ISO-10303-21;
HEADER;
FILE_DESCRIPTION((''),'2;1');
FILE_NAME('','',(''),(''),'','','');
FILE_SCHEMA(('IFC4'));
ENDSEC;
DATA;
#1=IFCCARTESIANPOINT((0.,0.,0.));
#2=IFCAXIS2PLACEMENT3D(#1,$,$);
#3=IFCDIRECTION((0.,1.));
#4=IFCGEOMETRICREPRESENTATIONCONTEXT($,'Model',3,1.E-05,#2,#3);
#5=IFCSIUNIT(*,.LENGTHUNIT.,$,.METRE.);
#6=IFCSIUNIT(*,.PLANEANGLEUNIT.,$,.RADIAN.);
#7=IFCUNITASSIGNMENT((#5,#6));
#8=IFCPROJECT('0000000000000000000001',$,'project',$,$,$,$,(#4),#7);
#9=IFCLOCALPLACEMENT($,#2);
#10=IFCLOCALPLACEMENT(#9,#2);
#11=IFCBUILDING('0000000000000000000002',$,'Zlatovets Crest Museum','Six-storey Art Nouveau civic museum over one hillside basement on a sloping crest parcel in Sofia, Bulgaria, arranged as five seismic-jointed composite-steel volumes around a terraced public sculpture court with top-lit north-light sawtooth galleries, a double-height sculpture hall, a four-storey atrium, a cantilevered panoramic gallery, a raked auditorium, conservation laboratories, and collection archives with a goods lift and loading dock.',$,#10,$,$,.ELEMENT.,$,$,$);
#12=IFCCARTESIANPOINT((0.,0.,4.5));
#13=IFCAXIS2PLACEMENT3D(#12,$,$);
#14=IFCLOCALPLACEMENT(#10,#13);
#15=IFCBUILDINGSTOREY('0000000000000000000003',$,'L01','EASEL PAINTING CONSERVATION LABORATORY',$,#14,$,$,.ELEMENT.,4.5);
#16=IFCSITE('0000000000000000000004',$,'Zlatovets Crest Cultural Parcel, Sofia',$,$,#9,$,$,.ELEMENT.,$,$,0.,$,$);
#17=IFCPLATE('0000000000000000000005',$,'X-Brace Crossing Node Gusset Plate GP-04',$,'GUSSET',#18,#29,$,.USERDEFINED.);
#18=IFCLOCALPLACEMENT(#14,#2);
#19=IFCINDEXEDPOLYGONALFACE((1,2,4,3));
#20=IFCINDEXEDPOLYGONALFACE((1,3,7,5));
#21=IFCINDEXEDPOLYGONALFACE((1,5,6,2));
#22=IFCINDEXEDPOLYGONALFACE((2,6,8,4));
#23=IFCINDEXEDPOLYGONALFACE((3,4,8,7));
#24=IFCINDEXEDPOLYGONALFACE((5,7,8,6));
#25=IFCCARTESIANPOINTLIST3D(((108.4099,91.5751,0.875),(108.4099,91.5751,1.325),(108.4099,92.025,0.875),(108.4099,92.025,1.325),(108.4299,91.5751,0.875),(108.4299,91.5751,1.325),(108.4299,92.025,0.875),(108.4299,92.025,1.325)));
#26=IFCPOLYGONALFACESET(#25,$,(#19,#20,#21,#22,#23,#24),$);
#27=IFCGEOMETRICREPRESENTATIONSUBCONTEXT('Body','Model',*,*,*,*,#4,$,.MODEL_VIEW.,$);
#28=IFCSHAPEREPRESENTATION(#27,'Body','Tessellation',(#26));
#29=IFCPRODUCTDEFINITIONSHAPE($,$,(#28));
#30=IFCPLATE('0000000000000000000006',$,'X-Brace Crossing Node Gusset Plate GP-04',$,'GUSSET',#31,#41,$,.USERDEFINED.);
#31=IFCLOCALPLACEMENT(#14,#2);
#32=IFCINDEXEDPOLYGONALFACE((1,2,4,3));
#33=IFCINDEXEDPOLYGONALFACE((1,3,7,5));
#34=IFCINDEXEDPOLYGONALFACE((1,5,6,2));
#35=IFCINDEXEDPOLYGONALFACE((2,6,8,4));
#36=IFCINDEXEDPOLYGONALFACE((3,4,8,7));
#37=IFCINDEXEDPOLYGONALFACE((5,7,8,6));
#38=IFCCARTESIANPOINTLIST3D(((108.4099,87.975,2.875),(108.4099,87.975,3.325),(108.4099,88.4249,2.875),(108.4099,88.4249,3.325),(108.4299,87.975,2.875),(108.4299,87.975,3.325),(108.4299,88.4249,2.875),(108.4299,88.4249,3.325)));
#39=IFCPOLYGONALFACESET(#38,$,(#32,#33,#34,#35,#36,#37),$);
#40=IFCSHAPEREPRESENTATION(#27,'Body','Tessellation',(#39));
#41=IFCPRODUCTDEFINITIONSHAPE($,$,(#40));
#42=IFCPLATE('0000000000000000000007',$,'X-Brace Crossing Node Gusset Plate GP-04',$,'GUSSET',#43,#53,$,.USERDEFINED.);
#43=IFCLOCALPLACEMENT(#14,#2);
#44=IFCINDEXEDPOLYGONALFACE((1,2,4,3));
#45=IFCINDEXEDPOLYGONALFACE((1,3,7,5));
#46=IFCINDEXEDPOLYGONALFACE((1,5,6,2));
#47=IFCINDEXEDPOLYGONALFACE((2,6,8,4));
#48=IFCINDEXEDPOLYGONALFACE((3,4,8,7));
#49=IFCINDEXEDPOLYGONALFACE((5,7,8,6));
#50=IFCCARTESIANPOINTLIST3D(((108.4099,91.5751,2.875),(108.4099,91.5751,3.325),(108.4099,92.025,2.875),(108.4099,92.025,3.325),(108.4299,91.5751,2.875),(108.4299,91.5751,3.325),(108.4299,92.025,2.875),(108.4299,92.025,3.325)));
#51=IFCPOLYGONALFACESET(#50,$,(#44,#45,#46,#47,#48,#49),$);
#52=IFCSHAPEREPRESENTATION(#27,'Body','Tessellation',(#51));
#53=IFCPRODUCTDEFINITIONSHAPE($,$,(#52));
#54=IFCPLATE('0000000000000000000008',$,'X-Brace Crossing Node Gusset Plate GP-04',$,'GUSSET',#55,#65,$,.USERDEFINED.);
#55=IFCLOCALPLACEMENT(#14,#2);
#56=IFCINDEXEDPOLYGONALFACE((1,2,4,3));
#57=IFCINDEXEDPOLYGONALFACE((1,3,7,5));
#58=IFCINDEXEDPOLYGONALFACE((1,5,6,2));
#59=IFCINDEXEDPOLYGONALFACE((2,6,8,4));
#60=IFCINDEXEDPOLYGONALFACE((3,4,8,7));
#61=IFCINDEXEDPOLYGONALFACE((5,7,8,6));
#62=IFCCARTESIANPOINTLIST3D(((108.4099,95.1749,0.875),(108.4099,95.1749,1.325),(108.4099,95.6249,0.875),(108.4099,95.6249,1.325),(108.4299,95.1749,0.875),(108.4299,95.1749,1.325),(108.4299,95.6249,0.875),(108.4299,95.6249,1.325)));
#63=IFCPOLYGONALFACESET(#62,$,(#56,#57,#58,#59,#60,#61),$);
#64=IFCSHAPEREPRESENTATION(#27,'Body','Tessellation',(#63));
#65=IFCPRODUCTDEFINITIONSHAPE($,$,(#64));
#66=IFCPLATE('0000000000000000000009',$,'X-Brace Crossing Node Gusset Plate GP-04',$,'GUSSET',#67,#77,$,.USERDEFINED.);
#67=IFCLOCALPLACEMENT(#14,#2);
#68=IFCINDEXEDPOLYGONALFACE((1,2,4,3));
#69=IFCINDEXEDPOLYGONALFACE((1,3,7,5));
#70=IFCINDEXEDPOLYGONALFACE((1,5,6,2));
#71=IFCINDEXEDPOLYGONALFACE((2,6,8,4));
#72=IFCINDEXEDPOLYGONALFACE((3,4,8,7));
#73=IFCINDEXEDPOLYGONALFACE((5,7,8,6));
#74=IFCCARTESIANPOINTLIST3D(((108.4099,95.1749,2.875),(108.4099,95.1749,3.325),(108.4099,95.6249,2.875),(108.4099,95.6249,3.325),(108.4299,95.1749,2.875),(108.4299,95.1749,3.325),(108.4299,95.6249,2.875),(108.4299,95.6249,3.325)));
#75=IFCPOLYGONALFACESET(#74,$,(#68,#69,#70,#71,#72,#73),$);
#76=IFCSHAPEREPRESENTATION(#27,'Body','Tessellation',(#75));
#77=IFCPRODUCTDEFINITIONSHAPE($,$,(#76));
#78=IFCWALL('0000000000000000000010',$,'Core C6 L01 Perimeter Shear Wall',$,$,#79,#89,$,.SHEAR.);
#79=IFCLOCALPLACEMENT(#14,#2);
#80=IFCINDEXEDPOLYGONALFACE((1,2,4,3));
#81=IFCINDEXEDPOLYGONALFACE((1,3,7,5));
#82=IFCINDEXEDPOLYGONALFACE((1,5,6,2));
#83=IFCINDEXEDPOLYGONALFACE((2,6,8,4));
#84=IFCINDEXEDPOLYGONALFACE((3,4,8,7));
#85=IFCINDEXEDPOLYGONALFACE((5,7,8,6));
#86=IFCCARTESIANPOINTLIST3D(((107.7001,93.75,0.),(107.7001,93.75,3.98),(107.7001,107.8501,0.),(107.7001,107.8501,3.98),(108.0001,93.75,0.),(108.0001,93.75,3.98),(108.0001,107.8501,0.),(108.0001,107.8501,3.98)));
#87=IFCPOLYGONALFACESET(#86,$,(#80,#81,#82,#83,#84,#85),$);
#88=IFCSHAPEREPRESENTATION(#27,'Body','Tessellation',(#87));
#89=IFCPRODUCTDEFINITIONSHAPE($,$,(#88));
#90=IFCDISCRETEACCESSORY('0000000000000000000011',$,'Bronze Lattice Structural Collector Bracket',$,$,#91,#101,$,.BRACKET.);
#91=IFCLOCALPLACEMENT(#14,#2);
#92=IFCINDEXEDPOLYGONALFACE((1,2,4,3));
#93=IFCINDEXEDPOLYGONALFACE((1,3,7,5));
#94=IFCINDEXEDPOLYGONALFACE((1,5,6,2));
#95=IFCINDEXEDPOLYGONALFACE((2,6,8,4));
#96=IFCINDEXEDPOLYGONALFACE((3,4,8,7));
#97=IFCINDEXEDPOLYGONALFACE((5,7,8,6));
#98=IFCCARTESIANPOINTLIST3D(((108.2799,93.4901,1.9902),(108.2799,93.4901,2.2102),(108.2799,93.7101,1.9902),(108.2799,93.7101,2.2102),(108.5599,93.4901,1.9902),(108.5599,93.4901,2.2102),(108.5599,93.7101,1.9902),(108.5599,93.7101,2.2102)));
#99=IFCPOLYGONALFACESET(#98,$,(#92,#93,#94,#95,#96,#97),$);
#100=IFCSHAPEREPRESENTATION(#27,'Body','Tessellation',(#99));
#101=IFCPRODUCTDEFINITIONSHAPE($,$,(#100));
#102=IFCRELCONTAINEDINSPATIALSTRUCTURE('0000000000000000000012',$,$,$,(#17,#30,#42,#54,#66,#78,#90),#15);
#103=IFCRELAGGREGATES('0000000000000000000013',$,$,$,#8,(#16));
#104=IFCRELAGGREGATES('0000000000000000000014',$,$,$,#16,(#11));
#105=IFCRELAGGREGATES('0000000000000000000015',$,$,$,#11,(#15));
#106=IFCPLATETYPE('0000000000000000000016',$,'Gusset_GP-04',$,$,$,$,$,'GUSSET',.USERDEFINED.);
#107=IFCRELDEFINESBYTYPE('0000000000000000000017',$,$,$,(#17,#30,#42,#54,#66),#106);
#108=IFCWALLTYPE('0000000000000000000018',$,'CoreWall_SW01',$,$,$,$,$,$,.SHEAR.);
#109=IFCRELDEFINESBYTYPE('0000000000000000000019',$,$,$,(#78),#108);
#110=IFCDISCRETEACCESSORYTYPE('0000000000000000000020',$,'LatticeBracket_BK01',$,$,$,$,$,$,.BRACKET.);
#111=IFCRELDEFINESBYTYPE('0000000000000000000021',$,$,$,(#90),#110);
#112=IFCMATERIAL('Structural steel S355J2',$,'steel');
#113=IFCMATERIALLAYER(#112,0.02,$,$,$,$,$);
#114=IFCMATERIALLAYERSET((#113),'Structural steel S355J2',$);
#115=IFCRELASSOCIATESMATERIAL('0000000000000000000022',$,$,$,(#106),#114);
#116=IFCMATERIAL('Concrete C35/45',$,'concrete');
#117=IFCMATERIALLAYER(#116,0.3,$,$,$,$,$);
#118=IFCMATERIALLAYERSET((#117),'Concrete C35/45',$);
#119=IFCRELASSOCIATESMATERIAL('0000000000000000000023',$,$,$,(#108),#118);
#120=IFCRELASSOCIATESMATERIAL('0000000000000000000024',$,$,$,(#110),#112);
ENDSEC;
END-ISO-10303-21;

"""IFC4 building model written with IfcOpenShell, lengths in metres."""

from ifc_helpers import new_model, si_unit, direction, frame, frame_2d, origin, origin_2d, place, context, subcontext, project, spatial, rectangle, extrude, material, layer, layer_set, type_object, element, save


model = new_model("IFC4")

# Units and contexts
model_context = context("Model", 3, precision=1e-05, world=origin(), true_north=direction((0.0, 1.0)))
body_context = subcontext(model_context, "Body", "Model", "MODEL_VIEW")
ifc_project = project(units=[si_unit("LENGTHUNIT", "METRE"), si_unit("PLANEANGLEUNIT", "RADIAN")], contexts=[model_context])

# Site, building, storey
site_placement = place(None, origin())
site = spatial("IfcSite", under=ifc_project, at=site_placement, Name="Zlatovets Crest Cultural Parcel, Sofia", CompositionType="ELEMENT", RefElevation=0.0)
building_placement = place(site_placement, origin())
building = spatial("IfcBuilding", under=site, at=building_placement, Name="Zlatovets Crest Museum", Description="Six-storey Art Nouveau civic museum over one hillside basement on a sloping crest parcel in Sofia, Bulgaria, arranged as five seismic-jointed composite-steel volumes around a terraced public sculpture court with top-lit north-light sawtooth galleries, a double-height sculpture hall, a four-storey atrium, a cantilevered panoramic gallery, a raked auditorium, conservation laboratories, and collection archives with a goods lift and loading dock.", CompositionType="ELEMENT")
storey_placement = place(building_placement, frame((0.0, 0.0, 4.5)))
storey = spatial("IfcBuildingStorey", under=building, at=storey_placement, Name="L01", Description="EASEL PAINTING CONSERVATION LABORATORY", CompositionType="ELEMENT", Elevation=4.5)

# Shared definitions
ifc_material_1 = material(Name="Structural steel S355J2", Category="steel")

# Plates
ifc_layer_1 = layer(ifc_material_1, 0.02)
ifc_layer_set_1 = layer_set([ifc_layer_1], Name="Structural steel S355J2")
plate_type_1 = type_object("IfcPlateType", Name="Gusset_GP-04", ElementType="GUSSET", PredefinedType="USERDEFINED", material=ifc_layer_set_1)
for number, where, z_axis, x_axis, name in (
    (1, (108.4199, 91.8, 0.875), (0.0, 0.0, 1.0), (1.0, 0.0, 0.0), "X-Brace Crossing Node Gusset Plate GP-04"),
    (2, (108.4199, 88.2, 2.875), (0.0, 0.0, 1.0), (1.0, 0.0, 0.0), "X-Brace Crossing Node Gusset Plate GP-04"),
    (3, (108.4199, 91.8, 2.875), (0.0, 0.0, 1.0), (1.0, 0.0, 0.0), "X-Brace Crossing Node Gusset Plate GP-04"),
    (4, (108.4199, 95.3999, 0.875), (0.0, 0.0, 1.0), (1.0, 0.0, 0.0), "X-Brace Crossing Node Gusset Plate GP-04"),
    (5, (108.4199, 95.3999, 2.875), (0.0, 0.0, 1.0), (1.0, 0.0, 0.0), "X-Brace Crossing Node Gusset Plate GP-04"),
):
    element("IfcPlate", number, at=place(storey_placement, frame(where, z_axis=z_axis, x_axis=x_axis)), inside=storey, type_object=plate_type_1, Name=name, ObjectType="GUSSET", PredefinedType="USERDEFINED", context=body_context, shape_type="SweptSolid", body=[
        extrude(rectangle(XDim=0.02, YDim=0.45, at=origin_2d()), origin(), (0.0, 0.0, 1.0), 0.45),
    ])

# Wall
ifc_material_2 = material(Name="Concrete C35/45", Category="concrete")
ifc_layer_2 = layer(ifc_material_2, 0.3)
ifc_layer_set_2 = layer_set([ifc_layer_2], Name="Concrete C35/45")
wall_type = type_object("IfcWallType", Name="CoreWall_SW01", PredefinedType="SHEAR", material=ifc_layer_set_2)
wall_placement = place(storey_placement, frame((107.8501, 93.75, 0.0), z_axis=(0.0, 0.0, 1.0), x_axis=(0.0, 1.0, 0.0)))
element("IfcWall", 6, at=wall_placement, inside=storey, type_object=wall_type, Name="Core C6 L01 Perimeter Shear Wall", PredefinedType="SHEAR", context=body_context, shape_type="SweptSolid", body=[
    extrude(rectangle(XDim=14.1001, YDim=0.3, at=frame_2d((7.05, 0.0))), origin(), (0.0, 0.0, 1.0), 3.98),
])

# Discrete accessory
discrete_accessory_type = type_object("IfcDiscreteAccessoryType", Name="LatticeBracket_BK01", PredefinedType="BRACKET", material=ifc_material_1)
discrete_accessory_placement = place(storey_placement, frame((108.4199, 93.6001, 1.9902), z_axis=(0.0, 0.0, 1.0), x_axis=(1.0, 0.0, 0.0)))
element("IfcDiscreteAccessory", 7, at=discrete_accessory_placement, inside=storey, type_object=discrete_accessory_type, Name="Bronze Lattice Structural Collector Bracket", PredefinedType="BRACKET", context=body_context, shape_type="SweptSolid", body=[
    extrude(rectangle(XDim=0.28, YDim=0.22, at=origin_2d()), origin(), (0.0, 0.0, 1.0), 0.22),
])

save(model, "model.ifc")
